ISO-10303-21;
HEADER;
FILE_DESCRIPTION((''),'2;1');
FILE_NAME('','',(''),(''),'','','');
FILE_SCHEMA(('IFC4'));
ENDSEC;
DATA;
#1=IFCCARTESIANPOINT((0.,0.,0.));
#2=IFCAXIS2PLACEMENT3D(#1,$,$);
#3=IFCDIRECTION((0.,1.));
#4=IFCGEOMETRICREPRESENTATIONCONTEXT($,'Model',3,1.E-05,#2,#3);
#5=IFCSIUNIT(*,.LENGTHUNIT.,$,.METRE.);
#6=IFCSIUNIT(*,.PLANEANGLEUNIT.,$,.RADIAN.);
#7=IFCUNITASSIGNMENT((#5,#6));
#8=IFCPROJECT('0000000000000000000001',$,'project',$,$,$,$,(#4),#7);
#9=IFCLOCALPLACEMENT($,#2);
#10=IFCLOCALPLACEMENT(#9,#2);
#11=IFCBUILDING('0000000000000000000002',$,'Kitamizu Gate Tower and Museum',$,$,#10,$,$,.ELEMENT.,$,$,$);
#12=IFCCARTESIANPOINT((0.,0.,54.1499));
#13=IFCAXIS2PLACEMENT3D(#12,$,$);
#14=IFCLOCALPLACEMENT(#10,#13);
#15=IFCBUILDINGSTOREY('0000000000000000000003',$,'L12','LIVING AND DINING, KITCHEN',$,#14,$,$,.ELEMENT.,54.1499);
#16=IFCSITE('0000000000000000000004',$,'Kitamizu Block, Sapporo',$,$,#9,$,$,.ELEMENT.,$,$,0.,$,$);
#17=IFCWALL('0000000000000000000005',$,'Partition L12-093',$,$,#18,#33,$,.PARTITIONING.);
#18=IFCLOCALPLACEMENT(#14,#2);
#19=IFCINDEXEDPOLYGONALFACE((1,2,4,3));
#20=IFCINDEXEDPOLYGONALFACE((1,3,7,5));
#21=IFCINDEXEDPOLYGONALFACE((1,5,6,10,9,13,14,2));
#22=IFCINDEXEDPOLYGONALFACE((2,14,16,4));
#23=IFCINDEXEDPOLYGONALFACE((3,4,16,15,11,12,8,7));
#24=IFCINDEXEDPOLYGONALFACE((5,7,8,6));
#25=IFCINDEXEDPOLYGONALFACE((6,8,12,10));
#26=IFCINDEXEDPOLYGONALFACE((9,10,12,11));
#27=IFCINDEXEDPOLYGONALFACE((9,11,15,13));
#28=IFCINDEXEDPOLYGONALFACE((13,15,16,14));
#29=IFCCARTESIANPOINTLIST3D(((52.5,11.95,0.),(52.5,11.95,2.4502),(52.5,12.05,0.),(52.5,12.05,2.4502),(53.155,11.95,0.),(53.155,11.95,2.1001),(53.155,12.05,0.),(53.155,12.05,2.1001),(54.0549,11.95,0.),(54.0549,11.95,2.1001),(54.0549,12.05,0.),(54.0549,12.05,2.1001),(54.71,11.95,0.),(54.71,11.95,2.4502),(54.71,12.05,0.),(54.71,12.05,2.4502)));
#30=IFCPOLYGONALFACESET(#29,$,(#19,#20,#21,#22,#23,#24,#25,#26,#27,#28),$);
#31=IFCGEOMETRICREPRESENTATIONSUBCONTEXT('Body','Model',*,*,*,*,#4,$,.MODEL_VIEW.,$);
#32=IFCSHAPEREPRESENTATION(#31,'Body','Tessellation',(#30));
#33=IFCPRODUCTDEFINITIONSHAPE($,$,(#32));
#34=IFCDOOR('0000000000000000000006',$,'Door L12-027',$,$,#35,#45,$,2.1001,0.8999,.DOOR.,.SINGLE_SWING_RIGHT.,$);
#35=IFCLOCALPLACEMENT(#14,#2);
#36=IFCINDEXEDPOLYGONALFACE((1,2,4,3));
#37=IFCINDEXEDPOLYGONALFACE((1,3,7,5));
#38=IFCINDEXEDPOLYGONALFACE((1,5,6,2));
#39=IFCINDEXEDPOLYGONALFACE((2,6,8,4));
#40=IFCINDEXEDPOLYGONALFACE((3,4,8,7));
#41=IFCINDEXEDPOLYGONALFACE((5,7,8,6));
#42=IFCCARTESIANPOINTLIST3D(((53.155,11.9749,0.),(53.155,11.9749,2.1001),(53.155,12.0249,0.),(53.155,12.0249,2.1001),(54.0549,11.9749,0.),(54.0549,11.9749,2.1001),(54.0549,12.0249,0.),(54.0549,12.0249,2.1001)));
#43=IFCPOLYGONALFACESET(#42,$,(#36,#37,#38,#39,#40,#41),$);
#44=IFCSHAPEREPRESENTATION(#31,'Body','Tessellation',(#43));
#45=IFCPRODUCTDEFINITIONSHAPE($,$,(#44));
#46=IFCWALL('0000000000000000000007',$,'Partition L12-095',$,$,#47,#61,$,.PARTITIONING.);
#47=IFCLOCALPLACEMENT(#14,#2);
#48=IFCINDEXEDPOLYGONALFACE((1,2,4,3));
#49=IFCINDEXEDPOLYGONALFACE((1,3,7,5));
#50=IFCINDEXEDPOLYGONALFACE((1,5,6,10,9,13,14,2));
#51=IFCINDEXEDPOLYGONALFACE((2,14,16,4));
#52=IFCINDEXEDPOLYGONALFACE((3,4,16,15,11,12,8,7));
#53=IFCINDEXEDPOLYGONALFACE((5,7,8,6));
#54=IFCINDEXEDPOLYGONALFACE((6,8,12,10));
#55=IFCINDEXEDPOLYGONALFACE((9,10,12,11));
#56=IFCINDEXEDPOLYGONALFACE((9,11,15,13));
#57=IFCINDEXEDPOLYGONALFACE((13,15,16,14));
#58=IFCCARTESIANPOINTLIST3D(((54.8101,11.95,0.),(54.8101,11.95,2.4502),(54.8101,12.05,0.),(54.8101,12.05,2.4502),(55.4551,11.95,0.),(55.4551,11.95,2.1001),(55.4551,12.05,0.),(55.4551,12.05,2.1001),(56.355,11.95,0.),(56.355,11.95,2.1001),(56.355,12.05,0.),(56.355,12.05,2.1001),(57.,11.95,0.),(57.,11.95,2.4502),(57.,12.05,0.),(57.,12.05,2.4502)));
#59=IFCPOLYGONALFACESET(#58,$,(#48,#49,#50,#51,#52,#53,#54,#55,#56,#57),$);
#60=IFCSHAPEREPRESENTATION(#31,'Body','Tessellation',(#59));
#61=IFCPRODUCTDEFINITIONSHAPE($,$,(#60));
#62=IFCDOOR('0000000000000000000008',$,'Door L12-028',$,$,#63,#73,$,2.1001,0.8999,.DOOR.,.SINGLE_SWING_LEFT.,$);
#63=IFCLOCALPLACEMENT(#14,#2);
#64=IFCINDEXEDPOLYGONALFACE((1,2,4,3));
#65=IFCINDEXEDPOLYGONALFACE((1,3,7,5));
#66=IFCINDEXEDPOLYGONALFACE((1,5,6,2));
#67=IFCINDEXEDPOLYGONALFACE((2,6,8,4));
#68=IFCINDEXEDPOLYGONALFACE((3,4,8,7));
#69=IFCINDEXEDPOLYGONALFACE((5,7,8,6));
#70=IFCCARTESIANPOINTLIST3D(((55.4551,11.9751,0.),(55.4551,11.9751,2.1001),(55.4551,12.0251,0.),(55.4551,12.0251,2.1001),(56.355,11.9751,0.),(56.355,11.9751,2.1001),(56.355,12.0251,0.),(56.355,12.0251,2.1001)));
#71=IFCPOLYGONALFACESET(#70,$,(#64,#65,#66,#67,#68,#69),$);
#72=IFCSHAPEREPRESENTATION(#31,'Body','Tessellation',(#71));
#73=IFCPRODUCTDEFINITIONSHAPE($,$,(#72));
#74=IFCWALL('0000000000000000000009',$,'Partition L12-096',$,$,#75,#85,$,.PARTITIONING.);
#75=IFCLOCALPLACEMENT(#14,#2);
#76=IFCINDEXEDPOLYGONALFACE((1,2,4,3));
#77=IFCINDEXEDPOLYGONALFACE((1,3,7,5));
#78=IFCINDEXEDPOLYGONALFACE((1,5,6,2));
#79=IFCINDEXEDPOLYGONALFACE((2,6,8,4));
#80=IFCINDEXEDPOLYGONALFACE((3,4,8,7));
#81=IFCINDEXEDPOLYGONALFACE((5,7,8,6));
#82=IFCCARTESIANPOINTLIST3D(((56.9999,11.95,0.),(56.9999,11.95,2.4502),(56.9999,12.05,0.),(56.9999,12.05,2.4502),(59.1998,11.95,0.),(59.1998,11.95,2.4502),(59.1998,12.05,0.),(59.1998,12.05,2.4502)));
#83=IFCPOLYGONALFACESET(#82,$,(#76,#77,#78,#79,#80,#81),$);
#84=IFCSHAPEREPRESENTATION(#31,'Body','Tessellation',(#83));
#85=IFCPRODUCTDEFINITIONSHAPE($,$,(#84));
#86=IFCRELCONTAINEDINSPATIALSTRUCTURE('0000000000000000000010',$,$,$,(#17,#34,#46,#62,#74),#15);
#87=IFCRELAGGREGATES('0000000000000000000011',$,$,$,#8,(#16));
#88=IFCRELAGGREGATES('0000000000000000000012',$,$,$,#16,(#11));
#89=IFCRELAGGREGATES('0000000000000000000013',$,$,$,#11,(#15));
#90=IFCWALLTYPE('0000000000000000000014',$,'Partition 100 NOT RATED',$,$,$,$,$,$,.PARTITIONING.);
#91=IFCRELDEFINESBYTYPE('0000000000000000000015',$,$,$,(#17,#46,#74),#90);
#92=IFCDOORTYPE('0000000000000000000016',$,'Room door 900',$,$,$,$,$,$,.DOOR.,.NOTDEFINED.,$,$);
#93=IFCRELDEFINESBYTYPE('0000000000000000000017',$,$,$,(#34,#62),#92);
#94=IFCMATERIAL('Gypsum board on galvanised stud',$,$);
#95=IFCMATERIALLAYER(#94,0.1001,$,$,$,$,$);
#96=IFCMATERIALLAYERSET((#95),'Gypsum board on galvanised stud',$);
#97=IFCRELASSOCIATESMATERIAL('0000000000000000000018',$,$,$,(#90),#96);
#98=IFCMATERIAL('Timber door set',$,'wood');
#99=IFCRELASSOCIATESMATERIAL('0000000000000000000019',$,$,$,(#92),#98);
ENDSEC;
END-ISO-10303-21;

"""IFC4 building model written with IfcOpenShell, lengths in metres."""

from ifc_helpers import new_model, si_unit, direction, frame, frame_2d, origin, place, context, subcontext, project, spatial, rectangle, extrude, material, layer, layer_set, type_object, element, fill, save


model = new_model("IFC4")

# Units and contexts
model_context = context("Model", 3, precision=1e-05, world=origin(), true_north=direction((0.0, 1.0)))
body_context = subcontext(model_context, "Body", "Model", "MODEL_VIEW")
ifc_project = project(units=[si_unit("LENGTHUNIT", "METRE"), si_unit("PLANEANGLEUNIT", "RADIAN")], contexts=[model_context])

# Site, building, storey
site_placement = place(None, origin())
site = spatial("IfcSite", under=ifc_project, at=site_placement, Name="Kitamizu Block, Sapporo", CompositionType="ELEMENT", RefElevation=0.0)
building_placement = place(site_placement, origin())
building = spatial("IfcBuilding", under=site, at=building_placement, Name="Kitamizu Gate Tower and Museum", CompositionType="ELEMENT")
storey_placement = place(building_placement, frame((0.0, 0.0, 54.1499)))
storey = spatial("IfcBuildingStorey", under=building, at=storey_placement, Name="L12", Description="LIVING AND DINING, KITCHEN", CompositionType="ELEMENT", Elevation=54.1499)

# Shared definitions
ifc_material_1 = material(Name="Gypsum board on galvanised stud")
ifc_layer = layer(ifc_material_1, 0.1001)
ifc_layer_set = layer_set([ifc_layer], Name="Gypsum board on galvanised stud")
wall_type = type_object("IfcWallType", Name="Partition 100 NOT RATED", PredefinedType="PARTITIONING", material=ifc_layer_set)

# Shared definitions
ifc_material_2 = material(Name="Timber door set", Category="wood")
door_type = type_object("IfcDoorType", Name="Room door 900", OperationType="NOTDEFINED", PredefinedType="DOOR", material=ifc_material_2)

# Walls, openings, doors
wall_1_placement = place(storey_placement, frame((54.71, 12.0, 0.0), z_axis=(0.0, 0.0, 1.0), x_axis=(-1.0, 0.0, 0.0)))
wall_1 = element("IfcWall", 1, at=wall_1_placement, inside=storey, type_object=wall_type, Name="Partition L12-093", PredefinedType="PARTITIONING", context=body_context, shape_type="SweptSolid", body=[
    extrude(rectangle(XDim=2.21, YDim=0.1001, at=frame_2d((1.105, 0.0))), origin(), (0.0, 0.0, 1.0), 2.4502),
])
opening_1_placement = place(wall_1_placement, frame((0.655, 0.0, 0.0)))
opening_1 = element("IfcOpeningElement", 2, at=opening_1_placement, cuts=wall_1, PredefinedType="OPENING", context=body_context, shape_type="SweptSolid", body=[
    extrude(rectangle(XDim=0.8999, YDim=2.1001, at=frame_2d((0.45, 1.05))), frame((0.0, 0.0601, 0.0), z_axis=(0.0, -1.0, 0.0), x_axis=(1.0, 0.0, 0.0)), (0.0, 0.0, 1.0), 0.1201),
])
door_1_placement = place(opening_1_placement, frame((0.8999, 0.0, 0.0), x_axis=(-1.0, 0.0, 0.0)))
door_1 = element("IfcDoor", 3, at=door_1_placement, inside=storey, type_object=door_type, Name="Door L12-027", OperationType="SINGLE_SWING_RIGHT", OverallHeight=2.1001, OverallWidth=0.8999, PredefinedType="DOOR", context=body_context, shape_type="SweptSolid", body=[
    extrude(rectangle(XDim=0.8999, YDim=2.1001, at=frame_2d((0.45, 1.05))), frame((0.0, 0.0249, 0.0), z_axis=(0.0, -1.0, 0.0), x_axis=(1.0, 0.0, 0.0)), (0.0, 0.0, 1.0), 0.05),
])
fill(opening_1, door_1)
wall_2_placement = place(storey_placement, frame((57.0, 12.0, 0.0), z_axis=(0.0, 0.0, 1.0), x_axis=(-1.0, 0.0, 0.0)))
wall_2 = element("IfcWall", 4, at=wall_2_placement, inside=storey, type_object=wall_type, Name="Partition L12-095", PredefinedType="PARTITIONING", context=body_context, shape_type="SweptSolid", body=[
    extrude(rectangle(XDim=2.1899, YDim=0.1001, at=frame_2d((1.095, 0.0))), origin(), (0.0, 0.0, 1.0), 2.4502),
])
opening_2_placement = place(wall_2_placement, frame((0.645, 0.0, 0.0)))
opening_2 = element("IfcOpeningElement", 5, at=opening_2_placement, cuts=wall_2, PredefinedType="OPENING", context=body_context, shape_type="SweptSolid", body=[
    extrude(rectangle(XDim=0.8999, YDim=2.1001, at=frame_2d((0.45, 1.05))), frame((0.0, 0.0601, 0.0), z_axis=(0.0, -1.0, 0.0), x_axis=(1.0, 0.0, 0.0)), (0.0, 0.0, 1.0), 0.1201),
])
door_2_placement = place(opening_2_placement, origin())
door_2 = element("IfcDoor", 6, at=door_2_placement, inside=storey, type_object=door_type, Name="Door L12-028", OperationType="SINGLE_SWING_LEFT", OverallHeight=2.1001, OverallWidth=0.8999, PredefinedType="DOOR", context=body_context, shape_type="SweptSolid", body=[
    extrude(rectangle(XDim=0.8999, YDim=2.1001, at=frame_2d((0.45, 1.05))), frame((0.0, 0.0249, 0.0), z_axis=(0.0, -1.0, 0.0), x_axis=(1.0, 0.0, 0.0)), (0.0, 0.0, 1.0), 0.05),
])
fill(opening_2, door_2)

# Wall
wall_3_placement = place(storey_placement, frame((59.2, 12.0, 0.0), z_axis=(0.0, 0.0, 1.0), x_axis=(-1.0, 0.0, 0.0)))
element("IfcWall", 7, at=wall_3_placement, inside=storey, type_object=wall_type, Name="Partition L12-096", PredefinedType="PARTITIONING", context=body_context, shape_type="SweptSolid", body=[
    extrude(rectangle(XDim=2.2, YDim=0.1001, at=frame_2d((1.1001, 0.0))), origin(), (0.0, 0.0, 1.0), 2.4502),
])

save(model, "model.ifc")
